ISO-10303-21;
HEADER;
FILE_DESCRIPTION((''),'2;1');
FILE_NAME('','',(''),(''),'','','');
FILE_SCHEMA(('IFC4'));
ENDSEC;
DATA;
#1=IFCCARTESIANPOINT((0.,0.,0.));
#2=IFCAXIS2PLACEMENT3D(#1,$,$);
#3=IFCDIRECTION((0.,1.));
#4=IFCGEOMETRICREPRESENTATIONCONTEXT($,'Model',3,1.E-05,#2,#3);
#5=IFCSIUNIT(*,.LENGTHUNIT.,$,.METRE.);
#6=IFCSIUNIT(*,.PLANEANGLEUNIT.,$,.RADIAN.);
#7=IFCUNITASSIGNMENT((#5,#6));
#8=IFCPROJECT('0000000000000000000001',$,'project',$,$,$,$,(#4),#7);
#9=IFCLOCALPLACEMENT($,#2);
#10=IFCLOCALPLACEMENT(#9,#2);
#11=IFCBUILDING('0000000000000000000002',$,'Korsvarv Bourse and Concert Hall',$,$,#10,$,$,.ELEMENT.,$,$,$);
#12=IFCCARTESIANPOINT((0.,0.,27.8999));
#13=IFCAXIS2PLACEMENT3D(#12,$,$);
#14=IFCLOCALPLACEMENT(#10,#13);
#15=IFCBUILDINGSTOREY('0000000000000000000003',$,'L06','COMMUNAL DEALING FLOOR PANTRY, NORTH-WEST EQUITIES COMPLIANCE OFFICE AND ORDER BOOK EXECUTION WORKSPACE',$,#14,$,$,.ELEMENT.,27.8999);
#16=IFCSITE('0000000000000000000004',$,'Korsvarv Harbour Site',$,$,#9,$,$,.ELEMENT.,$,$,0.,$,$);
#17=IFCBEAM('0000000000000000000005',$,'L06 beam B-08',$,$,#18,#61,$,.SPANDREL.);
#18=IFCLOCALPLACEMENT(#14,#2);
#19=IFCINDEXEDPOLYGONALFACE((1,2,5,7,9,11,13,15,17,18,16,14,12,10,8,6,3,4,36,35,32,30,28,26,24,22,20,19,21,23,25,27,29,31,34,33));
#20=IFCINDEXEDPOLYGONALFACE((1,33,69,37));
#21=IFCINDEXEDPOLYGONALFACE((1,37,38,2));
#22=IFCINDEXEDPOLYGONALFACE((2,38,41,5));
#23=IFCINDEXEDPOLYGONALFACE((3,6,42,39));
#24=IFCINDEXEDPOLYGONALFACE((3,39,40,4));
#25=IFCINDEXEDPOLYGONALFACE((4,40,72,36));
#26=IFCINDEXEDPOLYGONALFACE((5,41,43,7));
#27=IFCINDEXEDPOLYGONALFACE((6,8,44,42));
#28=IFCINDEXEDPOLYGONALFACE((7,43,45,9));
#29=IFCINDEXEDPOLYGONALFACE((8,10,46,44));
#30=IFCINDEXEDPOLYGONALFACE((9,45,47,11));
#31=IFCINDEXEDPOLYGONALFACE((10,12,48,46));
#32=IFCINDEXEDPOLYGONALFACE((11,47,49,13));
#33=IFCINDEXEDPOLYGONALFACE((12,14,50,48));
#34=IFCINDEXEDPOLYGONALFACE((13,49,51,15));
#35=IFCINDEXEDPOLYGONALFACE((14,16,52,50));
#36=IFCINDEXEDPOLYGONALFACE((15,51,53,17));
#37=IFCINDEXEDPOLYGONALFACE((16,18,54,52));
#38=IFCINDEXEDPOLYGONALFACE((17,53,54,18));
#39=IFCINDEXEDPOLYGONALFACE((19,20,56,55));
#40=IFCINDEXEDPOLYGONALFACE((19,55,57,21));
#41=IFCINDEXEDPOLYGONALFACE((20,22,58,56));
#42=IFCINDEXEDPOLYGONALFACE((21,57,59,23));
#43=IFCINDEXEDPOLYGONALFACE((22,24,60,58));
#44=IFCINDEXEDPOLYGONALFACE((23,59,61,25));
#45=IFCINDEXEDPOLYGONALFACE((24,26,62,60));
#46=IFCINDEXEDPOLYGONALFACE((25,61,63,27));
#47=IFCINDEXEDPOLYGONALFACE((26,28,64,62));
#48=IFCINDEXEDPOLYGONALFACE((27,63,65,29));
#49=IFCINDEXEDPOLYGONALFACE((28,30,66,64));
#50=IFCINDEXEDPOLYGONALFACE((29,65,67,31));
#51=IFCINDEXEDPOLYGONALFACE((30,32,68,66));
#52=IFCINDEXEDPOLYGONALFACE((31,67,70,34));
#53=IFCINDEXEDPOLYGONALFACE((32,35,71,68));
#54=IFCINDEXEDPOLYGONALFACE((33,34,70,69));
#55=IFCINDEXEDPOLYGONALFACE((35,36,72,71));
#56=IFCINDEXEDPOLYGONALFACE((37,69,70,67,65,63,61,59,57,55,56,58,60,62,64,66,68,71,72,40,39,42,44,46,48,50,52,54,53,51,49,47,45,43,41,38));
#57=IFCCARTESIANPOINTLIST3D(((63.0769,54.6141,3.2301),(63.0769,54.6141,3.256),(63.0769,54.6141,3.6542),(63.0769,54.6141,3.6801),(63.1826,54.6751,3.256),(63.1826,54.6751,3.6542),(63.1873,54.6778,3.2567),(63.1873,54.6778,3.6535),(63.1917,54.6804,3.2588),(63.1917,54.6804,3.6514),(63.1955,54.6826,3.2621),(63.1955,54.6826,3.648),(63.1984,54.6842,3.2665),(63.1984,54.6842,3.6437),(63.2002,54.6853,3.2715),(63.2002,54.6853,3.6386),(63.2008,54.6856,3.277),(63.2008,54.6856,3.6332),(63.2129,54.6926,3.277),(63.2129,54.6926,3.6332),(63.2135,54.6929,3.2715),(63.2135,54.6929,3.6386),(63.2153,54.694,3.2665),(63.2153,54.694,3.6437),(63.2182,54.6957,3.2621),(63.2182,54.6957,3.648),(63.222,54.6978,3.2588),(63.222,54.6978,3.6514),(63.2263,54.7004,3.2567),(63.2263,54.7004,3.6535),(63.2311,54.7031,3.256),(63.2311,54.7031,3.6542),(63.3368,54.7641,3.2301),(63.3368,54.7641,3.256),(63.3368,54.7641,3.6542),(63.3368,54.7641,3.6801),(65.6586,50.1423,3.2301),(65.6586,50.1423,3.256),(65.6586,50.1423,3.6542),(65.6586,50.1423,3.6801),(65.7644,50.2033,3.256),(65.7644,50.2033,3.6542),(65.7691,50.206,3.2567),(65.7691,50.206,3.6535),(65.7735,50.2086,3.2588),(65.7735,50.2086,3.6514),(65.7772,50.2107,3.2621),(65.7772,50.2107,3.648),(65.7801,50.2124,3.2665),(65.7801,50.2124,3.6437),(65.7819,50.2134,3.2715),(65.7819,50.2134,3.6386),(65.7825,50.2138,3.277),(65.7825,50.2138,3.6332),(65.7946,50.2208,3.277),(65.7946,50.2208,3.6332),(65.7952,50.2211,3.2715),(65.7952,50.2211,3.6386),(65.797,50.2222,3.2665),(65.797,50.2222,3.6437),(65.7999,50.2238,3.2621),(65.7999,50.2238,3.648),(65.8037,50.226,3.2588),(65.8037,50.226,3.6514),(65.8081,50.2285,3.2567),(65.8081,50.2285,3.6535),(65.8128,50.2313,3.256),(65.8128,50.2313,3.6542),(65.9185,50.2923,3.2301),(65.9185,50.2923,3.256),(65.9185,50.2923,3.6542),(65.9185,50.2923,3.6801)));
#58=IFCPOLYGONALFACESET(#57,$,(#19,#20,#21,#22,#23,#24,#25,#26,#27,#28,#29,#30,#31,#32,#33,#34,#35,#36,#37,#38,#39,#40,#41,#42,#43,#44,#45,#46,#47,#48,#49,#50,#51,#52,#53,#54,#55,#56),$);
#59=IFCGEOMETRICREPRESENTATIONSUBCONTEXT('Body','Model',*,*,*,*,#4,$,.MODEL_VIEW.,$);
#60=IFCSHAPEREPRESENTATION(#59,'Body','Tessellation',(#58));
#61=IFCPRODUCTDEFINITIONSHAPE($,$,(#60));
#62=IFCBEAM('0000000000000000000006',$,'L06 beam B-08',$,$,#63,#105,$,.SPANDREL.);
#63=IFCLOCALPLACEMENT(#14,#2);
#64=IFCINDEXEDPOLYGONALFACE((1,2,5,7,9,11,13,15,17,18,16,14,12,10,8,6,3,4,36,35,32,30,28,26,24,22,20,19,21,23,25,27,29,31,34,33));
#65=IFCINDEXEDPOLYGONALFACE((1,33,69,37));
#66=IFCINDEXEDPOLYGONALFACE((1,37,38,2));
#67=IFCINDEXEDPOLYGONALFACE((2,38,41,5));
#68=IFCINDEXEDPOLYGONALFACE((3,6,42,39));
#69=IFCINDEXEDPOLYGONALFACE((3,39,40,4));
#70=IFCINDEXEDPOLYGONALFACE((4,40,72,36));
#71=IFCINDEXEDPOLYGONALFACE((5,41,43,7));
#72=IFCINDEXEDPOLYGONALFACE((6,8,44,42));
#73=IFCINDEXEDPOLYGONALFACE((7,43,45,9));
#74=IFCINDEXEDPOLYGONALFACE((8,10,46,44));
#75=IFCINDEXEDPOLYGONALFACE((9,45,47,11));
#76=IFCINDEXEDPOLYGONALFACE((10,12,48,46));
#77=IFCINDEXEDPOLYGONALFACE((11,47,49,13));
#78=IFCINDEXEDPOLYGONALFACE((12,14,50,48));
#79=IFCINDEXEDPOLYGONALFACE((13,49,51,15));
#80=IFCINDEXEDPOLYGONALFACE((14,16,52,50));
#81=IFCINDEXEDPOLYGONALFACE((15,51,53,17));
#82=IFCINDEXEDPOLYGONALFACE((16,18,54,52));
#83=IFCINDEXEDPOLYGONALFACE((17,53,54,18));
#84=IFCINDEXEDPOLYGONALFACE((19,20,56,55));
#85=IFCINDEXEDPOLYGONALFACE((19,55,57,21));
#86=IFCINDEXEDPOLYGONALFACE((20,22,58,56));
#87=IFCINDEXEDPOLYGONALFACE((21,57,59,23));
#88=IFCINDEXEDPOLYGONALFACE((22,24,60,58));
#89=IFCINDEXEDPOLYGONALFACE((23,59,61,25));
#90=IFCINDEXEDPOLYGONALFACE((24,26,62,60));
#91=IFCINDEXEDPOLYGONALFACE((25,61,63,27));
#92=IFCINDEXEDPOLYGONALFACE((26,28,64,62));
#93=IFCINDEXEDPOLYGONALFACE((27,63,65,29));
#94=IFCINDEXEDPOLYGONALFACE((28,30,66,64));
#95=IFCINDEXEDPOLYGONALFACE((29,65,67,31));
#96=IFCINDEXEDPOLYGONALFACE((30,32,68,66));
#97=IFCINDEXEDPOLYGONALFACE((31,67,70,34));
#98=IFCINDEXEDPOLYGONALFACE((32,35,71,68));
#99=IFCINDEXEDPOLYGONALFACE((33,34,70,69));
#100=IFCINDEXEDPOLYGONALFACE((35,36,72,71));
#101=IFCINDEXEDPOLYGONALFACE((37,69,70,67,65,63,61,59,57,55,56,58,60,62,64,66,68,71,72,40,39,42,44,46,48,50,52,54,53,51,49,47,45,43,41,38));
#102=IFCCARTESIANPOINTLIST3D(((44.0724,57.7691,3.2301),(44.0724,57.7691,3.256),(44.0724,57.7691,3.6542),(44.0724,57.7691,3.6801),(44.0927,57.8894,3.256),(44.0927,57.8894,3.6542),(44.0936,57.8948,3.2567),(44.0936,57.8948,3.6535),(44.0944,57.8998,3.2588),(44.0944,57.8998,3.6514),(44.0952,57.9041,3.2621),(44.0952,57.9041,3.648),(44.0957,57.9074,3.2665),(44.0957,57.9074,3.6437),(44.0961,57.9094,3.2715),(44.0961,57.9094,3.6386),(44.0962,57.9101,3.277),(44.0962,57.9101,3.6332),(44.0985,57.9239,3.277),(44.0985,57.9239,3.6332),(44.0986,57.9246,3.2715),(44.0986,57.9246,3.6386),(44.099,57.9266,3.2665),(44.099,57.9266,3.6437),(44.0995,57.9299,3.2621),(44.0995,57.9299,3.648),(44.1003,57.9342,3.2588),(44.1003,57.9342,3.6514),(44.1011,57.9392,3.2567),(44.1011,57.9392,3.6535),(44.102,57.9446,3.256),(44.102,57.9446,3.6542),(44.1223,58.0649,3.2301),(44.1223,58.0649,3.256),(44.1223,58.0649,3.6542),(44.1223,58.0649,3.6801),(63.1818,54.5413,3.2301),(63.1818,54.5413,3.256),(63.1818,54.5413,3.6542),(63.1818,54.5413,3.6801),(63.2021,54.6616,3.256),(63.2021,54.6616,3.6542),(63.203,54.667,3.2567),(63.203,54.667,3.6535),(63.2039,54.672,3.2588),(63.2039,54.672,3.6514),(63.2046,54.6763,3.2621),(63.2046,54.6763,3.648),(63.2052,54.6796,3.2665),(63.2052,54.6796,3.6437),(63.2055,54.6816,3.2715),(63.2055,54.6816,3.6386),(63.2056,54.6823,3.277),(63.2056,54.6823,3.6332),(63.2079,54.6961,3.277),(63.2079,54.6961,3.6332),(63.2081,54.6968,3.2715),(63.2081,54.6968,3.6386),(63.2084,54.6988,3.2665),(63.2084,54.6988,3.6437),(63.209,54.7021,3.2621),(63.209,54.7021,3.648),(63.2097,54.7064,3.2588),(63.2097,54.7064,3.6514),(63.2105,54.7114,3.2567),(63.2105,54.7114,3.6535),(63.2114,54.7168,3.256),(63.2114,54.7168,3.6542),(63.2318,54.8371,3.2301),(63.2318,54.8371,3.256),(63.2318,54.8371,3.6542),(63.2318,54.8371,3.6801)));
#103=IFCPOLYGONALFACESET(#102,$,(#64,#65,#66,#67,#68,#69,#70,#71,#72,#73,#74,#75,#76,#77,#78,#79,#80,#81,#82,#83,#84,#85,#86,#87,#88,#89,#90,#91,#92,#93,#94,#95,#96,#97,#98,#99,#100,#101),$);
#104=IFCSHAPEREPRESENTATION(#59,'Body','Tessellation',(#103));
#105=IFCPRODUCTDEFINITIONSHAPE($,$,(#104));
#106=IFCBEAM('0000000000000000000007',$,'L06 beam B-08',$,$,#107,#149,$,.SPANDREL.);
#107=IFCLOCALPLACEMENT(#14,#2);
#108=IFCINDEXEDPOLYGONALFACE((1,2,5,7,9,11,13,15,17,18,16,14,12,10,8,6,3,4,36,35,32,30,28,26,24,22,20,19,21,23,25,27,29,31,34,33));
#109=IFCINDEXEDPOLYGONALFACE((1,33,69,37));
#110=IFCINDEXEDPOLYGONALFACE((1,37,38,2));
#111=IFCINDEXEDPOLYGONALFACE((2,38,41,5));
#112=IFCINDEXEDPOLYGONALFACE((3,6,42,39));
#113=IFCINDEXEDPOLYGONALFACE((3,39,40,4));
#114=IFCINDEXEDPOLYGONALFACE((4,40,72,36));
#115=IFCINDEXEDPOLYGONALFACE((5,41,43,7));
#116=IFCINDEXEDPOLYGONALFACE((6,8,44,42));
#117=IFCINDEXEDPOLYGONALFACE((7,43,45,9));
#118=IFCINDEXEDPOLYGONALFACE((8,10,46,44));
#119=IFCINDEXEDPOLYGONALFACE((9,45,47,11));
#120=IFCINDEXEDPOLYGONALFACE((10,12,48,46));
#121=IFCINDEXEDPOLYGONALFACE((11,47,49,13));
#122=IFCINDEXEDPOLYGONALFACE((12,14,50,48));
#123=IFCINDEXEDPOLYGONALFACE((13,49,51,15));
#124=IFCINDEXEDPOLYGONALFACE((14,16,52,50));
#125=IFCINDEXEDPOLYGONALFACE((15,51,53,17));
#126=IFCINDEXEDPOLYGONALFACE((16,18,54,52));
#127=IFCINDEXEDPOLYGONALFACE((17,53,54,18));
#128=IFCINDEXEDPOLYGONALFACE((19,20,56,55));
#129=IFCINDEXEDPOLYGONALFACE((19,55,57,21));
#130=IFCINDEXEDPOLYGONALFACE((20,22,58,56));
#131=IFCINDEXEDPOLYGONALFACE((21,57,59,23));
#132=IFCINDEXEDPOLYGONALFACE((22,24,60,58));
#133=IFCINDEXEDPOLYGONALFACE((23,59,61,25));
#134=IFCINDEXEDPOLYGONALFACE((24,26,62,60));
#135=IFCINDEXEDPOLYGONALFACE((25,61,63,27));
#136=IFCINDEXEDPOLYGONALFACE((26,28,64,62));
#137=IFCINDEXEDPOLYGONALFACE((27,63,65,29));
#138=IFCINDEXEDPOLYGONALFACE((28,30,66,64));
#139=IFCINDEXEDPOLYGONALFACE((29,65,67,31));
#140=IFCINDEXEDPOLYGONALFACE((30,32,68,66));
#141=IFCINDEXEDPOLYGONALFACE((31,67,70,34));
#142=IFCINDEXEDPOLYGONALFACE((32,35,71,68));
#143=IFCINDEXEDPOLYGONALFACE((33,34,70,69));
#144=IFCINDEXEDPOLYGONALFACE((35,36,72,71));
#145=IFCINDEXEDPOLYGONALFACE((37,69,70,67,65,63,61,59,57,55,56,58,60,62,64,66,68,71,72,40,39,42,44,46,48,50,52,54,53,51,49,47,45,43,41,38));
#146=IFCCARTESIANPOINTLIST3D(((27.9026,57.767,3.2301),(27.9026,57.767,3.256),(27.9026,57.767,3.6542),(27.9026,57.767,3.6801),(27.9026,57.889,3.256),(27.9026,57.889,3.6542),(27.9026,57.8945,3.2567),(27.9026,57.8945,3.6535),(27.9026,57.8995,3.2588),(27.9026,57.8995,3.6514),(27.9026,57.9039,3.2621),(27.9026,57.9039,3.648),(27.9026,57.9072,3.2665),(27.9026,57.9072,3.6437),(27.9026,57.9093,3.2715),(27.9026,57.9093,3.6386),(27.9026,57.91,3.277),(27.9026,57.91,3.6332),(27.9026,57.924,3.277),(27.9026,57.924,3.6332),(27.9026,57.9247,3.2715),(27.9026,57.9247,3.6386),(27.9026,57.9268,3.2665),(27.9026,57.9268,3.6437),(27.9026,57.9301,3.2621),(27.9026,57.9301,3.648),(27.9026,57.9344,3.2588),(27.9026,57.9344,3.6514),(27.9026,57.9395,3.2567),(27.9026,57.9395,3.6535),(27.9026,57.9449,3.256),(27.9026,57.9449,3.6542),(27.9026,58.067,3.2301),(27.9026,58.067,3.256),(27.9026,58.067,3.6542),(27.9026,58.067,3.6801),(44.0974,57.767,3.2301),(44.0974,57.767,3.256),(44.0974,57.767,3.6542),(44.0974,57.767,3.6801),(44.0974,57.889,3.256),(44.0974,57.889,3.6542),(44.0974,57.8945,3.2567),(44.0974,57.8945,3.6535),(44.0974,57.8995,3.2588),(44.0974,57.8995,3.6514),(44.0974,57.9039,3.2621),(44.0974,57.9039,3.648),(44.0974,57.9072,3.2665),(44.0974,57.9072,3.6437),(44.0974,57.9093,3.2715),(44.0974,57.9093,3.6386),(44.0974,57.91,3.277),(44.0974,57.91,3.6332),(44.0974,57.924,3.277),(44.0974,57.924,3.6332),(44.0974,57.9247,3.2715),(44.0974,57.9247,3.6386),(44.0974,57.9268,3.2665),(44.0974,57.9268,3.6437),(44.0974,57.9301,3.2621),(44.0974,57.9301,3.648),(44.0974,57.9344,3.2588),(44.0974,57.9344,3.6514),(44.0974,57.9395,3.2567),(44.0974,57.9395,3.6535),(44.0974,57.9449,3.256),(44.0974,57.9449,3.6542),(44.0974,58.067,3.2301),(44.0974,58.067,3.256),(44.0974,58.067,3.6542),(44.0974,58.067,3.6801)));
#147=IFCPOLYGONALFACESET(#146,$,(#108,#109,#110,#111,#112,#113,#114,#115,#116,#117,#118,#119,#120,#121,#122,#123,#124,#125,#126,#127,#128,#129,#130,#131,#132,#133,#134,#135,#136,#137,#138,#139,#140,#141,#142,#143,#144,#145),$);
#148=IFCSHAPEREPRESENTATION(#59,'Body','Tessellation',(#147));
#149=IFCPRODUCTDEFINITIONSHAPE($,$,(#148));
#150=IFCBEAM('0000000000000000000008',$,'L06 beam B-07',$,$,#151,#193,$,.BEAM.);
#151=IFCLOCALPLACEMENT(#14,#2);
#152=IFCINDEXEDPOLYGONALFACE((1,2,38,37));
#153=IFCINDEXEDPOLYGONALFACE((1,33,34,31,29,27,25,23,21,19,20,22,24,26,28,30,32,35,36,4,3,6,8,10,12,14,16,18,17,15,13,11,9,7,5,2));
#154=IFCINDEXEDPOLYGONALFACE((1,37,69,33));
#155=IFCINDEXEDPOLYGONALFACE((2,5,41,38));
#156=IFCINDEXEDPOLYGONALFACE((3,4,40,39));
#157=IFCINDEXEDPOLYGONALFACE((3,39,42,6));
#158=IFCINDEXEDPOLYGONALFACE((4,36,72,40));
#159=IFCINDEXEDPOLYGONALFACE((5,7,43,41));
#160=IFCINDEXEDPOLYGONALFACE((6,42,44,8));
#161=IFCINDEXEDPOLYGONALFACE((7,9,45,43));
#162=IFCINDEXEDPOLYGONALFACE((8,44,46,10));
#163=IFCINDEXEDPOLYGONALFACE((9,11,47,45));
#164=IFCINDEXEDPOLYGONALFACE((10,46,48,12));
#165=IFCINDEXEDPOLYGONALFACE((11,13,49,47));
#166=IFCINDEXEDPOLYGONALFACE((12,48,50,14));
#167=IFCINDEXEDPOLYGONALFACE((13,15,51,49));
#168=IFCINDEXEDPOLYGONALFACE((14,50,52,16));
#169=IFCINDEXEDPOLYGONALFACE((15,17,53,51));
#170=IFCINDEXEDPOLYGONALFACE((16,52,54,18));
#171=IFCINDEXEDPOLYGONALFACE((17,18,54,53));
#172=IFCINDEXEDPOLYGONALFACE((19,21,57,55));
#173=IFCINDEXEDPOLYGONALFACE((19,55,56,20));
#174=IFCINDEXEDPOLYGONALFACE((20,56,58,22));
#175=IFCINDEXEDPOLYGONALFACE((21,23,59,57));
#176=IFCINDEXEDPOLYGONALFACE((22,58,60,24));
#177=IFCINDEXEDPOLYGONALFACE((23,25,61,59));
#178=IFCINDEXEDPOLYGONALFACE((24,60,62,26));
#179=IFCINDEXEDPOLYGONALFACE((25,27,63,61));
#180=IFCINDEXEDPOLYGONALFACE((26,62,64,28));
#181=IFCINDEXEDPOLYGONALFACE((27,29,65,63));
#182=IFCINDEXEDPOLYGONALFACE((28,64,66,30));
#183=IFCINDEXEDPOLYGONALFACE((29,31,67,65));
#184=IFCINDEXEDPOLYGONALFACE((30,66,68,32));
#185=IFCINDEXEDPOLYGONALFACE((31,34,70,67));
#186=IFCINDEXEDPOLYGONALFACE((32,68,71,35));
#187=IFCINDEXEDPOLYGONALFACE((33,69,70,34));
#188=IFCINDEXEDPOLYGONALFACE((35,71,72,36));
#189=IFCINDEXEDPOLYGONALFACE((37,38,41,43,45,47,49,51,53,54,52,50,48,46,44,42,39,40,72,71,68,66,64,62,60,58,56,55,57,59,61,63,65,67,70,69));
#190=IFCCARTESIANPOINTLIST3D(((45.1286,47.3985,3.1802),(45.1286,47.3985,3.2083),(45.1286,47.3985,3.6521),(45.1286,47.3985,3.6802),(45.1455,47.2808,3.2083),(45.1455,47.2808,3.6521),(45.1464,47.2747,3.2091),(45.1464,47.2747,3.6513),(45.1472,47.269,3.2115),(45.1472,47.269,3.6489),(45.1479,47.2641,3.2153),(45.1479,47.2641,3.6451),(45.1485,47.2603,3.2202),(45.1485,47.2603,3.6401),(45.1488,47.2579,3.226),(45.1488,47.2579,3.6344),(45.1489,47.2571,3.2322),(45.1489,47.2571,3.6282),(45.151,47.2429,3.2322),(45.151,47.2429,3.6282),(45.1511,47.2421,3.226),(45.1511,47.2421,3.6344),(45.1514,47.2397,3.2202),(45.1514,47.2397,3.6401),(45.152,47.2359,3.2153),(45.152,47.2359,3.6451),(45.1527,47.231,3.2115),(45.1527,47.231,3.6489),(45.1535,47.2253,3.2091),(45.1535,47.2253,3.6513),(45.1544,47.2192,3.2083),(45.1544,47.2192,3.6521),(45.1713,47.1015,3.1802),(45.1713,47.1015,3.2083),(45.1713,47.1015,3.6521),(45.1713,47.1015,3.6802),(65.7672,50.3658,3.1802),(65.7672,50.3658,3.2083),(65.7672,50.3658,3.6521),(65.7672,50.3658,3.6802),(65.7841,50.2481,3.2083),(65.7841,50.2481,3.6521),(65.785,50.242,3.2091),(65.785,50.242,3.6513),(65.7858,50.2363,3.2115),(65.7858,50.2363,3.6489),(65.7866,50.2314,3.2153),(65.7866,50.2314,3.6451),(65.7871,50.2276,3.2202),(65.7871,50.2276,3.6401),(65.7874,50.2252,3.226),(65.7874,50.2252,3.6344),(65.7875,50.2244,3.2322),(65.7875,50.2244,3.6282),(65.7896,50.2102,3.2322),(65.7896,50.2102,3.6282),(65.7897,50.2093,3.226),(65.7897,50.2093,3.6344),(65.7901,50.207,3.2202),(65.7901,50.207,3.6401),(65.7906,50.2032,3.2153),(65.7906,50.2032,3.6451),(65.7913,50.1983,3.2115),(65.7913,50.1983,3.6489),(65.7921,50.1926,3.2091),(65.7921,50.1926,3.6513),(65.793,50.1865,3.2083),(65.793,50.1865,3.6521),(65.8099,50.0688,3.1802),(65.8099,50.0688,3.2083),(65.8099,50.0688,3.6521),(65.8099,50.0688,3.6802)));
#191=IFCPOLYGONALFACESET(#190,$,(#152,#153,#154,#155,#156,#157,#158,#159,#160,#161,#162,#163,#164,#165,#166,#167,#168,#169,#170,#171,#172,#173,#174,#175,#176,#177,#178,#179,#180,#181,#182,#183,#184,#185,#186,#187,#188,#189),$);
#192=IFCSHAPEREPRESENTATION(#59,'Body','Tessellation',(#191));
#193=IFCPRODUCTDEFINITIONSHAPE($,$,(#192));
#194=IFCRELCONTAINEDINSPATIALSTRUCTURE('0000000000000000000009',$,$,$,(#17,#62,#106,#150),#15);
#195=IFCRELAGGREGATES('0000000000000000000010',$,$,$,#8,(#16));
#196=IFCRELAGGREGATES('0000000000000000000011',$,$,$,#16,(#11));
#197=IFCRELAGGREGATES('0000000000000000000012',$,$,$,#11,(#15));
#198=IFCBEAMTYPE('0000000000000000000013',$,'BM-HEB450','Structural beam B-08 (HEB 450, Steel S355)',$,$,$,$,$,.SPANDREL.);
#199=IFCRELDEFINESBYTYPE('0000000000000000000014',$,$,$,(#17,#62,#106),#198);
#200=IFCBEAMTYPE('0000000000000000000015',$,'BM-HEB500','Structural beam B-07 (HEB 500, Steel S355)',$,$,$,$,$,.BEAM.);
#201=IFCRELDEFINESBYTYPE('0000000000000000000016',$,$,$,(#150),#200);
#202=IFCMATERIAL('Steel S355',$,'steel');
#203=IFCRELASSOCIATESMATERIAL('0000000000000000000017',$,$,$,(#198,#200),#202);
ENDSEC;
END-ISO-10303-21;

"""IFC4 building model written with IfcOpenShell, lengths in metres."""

from ifc_helpers import new_model, si_unit, direction, frame, origin, origin_2d, place, context, subcontext, project, spatial, i_section, extrude, source, transform, mapped, material, material_profile, profile_set, type_object, element, save


model = new_model("IFC4")

# Units and contexts
model_context = context("Model", 3, precision=1e-05, world=origin(), true_north=direction((0.0, 1.0)))
body_context = subcontext(model_context, "Body", "Model", "MODEL_VIEW")
ifc_project = project(units=[si_unit("LENGTHUNIT", "METRE"), si_unit("PLANEANGLEUNIT", "RADIAN")], contexts=[model_context])

# Site, building, storey
site_placement = place(None, origin())
site = spatial("IfcSite", under=ifc_project, at=site_placement, Name="Korsvarv Harbour Site", CompositionType="ELEMENT", RefElevation=0.0)
building_placement = place(site_placement, origin())
building = spatial("IfcBuilding", under=site, at=building_placement, Name="Korsvarv Bourse and Concert Hall", CompositionType="ELEMENT")
storey_placement = place(building_placement, frame((0.0, 0.0, 27.8999)))
storey = spatial("IfcBuildingStorey", under=building, at=storey_placement, Name="L06", Description="COMMUNAL DEALING FLOOR PANTRY, NORTH-WEST EQUITIES COMPLIANCE OFFICE AND ORDER BOOK EXECUTION WORKSPACE", CompositionType="ELEMENT", Elevation=27.8999)

# Beams
ifc_material_1 = material(Name="Steel S355", Category="steel")
ifc_material_profile_1 = material_profile(ifc_material_1, i_section(OverallWidth=0.3, OverallDepth=0.45, WebThickness=0.0139, FlangeThickness=0.0259, FilletRadius=0.021, at=origin_2d()), Name="HEB 450")
ifc_profile_set_1 = profile_set([ifc_material_profile_1], Name="Steel S355")
beam_type_1 = type_object("IfcBeamType", Name="BM-HEB450", Description="Structural beam B-08 (HEB 450, Steel S355)", PredefinedType="SPANDREL", material=ifc_profile_set_1)
shared_shape_1 = source(origin(), body_context, "Body", "SweptSolid", [
    extrude(i_section(OverallWidth=0.3, OverallDepth=0.45, WebThickness=0.0139, FlangeThickness=0.0259, FilletRadius=0.021, at=origin_2d()), origin(), (0.0, 0.0, 1.0), 5.1636),
])
beam_1_placement = place(storey_placement, frame((65.7886, 50.2173, 3.4551), z_axis=(-0.499988, 0.866032, 0.0), x_axis=(-0.866032, -0.499988, 0.0)))
element("IfcBeam", 1, at=beam_1_placement, inside=storey, type_object=beam_type_1, Name="L06 beam B-08", PredefinedType="SPANDREL", context=body_context, shape_type="MappedRepresentation", body=[
    mapped(shared_shape_1, transform((0.0, 0.0, 0.0), scale=1.0)),
])
shared_shape_2 = source(origin(), body_context, "Body", "SweptSolid", [
    extrude(i_section(OverallWidth=0.3, OverallDepth=0.45, WebThickness=0.0139, FlangeThickness=0.0259, FilletRadius=0.021, at=origin_2d()), origin(), (0.0, 0.0, 1.0), 19.3801),
])
beam_2_placement = place(storey_placement, frame((63.2068, 54.6892, 3.4551), z_axis=(-0.986033, 0.166552, 0.0), x_axis=(-0.166552, -0.986033, 0.0)))
element("IfcBeam", 2, at=beam_2_placement, inside=storey, type_object=beam_type_1, Name="L06 beam B-08", PredefinedType="SPANDREL", context=body_context, shape_type="MappedRepresentation", body=[
    mapped(shared_shape_2, transform((0.0, 0.0, 0.0), scale=1.0)),
])
shared_shape_3 = source(origin(), body_context, "Body", "SweptSolid", [
    extrude(i_section(OverallWidth=0.3, OverallDepth=0.45, WebThickness=0.0139, FlangeThickness=0.0259, FilletRadius=0.021, at=origin_2d()), origin(), (0.0, 0.0, 1.0), 16.1948),
])
beam_3_placement = place(storey_placement, frame((44.0974, 57.917, 3.4551), z_axis=(-1.0, 0.0, 0.0), x_axis=(0.0, -1.0, 0.0)))
element("IfcBeam", 3, at=beam_3_placement, inside=storey, type_object=beam_type_1, Name="L06 beam B-08", PredefinedType="SPANDREL", context=body_context, shape_type="MappedRepresentation", body=[
    mapped(shared_shape_3, transform((0.0, 0.0, 0.0), scale=1.0)),
])
ifc_material_profile_2 = material_profile(ifc_material_1, i_section(OverallWidth=0.3, OverallDepth=0.5, WebThickness=0.0144, FlangeThickness=0.0281, FilletRadius=0.0239, at=origin_2d()), Name="HEB 500")
ifc_profile_set_2 = profile_set([ifc_material_profile_2], Name="Steel S355")
beam_type_2 = type_object("IfcBeamType", Name="BM-HEB500", Description="Structural beam B-07 (HEB 500, Steel S355)", PredefinedType="BEAM", material=ifc_profile_set_2)
shared_shape_4 = source(origin(), body_context, "Body", "SweptSolid", [
    extrude(i_section(OverallWidth=0.3, OverallDepth=0.5, WebThickness=0.0144, FlangeThickness=0.0281, FilletRadius=0.0239, at=origin_2d()), origin(), (0.0, 0.0, 1.0), 20.8508),
])
beam_4_placement = place(storey_placement, frame((65.7886, 50.2173, 3.4302), z_axis=(-0.989822, -0.14231, 0.0), x_axis=(0.14231, -0.989822, 0.0)))
element("IfcBeam", 4, at=beam_4_placement, inside=storey, type_object=beam_type_2, Name="L06 beam B-07", PredefinedType="BEAM", context=body_context, shape_type="MappedRepresentation", body=[
    mapped(shared_shape_4, transform((0.0, 0.0, 0.0), scale=1.0)),
])

save(model, "model.ifc")
